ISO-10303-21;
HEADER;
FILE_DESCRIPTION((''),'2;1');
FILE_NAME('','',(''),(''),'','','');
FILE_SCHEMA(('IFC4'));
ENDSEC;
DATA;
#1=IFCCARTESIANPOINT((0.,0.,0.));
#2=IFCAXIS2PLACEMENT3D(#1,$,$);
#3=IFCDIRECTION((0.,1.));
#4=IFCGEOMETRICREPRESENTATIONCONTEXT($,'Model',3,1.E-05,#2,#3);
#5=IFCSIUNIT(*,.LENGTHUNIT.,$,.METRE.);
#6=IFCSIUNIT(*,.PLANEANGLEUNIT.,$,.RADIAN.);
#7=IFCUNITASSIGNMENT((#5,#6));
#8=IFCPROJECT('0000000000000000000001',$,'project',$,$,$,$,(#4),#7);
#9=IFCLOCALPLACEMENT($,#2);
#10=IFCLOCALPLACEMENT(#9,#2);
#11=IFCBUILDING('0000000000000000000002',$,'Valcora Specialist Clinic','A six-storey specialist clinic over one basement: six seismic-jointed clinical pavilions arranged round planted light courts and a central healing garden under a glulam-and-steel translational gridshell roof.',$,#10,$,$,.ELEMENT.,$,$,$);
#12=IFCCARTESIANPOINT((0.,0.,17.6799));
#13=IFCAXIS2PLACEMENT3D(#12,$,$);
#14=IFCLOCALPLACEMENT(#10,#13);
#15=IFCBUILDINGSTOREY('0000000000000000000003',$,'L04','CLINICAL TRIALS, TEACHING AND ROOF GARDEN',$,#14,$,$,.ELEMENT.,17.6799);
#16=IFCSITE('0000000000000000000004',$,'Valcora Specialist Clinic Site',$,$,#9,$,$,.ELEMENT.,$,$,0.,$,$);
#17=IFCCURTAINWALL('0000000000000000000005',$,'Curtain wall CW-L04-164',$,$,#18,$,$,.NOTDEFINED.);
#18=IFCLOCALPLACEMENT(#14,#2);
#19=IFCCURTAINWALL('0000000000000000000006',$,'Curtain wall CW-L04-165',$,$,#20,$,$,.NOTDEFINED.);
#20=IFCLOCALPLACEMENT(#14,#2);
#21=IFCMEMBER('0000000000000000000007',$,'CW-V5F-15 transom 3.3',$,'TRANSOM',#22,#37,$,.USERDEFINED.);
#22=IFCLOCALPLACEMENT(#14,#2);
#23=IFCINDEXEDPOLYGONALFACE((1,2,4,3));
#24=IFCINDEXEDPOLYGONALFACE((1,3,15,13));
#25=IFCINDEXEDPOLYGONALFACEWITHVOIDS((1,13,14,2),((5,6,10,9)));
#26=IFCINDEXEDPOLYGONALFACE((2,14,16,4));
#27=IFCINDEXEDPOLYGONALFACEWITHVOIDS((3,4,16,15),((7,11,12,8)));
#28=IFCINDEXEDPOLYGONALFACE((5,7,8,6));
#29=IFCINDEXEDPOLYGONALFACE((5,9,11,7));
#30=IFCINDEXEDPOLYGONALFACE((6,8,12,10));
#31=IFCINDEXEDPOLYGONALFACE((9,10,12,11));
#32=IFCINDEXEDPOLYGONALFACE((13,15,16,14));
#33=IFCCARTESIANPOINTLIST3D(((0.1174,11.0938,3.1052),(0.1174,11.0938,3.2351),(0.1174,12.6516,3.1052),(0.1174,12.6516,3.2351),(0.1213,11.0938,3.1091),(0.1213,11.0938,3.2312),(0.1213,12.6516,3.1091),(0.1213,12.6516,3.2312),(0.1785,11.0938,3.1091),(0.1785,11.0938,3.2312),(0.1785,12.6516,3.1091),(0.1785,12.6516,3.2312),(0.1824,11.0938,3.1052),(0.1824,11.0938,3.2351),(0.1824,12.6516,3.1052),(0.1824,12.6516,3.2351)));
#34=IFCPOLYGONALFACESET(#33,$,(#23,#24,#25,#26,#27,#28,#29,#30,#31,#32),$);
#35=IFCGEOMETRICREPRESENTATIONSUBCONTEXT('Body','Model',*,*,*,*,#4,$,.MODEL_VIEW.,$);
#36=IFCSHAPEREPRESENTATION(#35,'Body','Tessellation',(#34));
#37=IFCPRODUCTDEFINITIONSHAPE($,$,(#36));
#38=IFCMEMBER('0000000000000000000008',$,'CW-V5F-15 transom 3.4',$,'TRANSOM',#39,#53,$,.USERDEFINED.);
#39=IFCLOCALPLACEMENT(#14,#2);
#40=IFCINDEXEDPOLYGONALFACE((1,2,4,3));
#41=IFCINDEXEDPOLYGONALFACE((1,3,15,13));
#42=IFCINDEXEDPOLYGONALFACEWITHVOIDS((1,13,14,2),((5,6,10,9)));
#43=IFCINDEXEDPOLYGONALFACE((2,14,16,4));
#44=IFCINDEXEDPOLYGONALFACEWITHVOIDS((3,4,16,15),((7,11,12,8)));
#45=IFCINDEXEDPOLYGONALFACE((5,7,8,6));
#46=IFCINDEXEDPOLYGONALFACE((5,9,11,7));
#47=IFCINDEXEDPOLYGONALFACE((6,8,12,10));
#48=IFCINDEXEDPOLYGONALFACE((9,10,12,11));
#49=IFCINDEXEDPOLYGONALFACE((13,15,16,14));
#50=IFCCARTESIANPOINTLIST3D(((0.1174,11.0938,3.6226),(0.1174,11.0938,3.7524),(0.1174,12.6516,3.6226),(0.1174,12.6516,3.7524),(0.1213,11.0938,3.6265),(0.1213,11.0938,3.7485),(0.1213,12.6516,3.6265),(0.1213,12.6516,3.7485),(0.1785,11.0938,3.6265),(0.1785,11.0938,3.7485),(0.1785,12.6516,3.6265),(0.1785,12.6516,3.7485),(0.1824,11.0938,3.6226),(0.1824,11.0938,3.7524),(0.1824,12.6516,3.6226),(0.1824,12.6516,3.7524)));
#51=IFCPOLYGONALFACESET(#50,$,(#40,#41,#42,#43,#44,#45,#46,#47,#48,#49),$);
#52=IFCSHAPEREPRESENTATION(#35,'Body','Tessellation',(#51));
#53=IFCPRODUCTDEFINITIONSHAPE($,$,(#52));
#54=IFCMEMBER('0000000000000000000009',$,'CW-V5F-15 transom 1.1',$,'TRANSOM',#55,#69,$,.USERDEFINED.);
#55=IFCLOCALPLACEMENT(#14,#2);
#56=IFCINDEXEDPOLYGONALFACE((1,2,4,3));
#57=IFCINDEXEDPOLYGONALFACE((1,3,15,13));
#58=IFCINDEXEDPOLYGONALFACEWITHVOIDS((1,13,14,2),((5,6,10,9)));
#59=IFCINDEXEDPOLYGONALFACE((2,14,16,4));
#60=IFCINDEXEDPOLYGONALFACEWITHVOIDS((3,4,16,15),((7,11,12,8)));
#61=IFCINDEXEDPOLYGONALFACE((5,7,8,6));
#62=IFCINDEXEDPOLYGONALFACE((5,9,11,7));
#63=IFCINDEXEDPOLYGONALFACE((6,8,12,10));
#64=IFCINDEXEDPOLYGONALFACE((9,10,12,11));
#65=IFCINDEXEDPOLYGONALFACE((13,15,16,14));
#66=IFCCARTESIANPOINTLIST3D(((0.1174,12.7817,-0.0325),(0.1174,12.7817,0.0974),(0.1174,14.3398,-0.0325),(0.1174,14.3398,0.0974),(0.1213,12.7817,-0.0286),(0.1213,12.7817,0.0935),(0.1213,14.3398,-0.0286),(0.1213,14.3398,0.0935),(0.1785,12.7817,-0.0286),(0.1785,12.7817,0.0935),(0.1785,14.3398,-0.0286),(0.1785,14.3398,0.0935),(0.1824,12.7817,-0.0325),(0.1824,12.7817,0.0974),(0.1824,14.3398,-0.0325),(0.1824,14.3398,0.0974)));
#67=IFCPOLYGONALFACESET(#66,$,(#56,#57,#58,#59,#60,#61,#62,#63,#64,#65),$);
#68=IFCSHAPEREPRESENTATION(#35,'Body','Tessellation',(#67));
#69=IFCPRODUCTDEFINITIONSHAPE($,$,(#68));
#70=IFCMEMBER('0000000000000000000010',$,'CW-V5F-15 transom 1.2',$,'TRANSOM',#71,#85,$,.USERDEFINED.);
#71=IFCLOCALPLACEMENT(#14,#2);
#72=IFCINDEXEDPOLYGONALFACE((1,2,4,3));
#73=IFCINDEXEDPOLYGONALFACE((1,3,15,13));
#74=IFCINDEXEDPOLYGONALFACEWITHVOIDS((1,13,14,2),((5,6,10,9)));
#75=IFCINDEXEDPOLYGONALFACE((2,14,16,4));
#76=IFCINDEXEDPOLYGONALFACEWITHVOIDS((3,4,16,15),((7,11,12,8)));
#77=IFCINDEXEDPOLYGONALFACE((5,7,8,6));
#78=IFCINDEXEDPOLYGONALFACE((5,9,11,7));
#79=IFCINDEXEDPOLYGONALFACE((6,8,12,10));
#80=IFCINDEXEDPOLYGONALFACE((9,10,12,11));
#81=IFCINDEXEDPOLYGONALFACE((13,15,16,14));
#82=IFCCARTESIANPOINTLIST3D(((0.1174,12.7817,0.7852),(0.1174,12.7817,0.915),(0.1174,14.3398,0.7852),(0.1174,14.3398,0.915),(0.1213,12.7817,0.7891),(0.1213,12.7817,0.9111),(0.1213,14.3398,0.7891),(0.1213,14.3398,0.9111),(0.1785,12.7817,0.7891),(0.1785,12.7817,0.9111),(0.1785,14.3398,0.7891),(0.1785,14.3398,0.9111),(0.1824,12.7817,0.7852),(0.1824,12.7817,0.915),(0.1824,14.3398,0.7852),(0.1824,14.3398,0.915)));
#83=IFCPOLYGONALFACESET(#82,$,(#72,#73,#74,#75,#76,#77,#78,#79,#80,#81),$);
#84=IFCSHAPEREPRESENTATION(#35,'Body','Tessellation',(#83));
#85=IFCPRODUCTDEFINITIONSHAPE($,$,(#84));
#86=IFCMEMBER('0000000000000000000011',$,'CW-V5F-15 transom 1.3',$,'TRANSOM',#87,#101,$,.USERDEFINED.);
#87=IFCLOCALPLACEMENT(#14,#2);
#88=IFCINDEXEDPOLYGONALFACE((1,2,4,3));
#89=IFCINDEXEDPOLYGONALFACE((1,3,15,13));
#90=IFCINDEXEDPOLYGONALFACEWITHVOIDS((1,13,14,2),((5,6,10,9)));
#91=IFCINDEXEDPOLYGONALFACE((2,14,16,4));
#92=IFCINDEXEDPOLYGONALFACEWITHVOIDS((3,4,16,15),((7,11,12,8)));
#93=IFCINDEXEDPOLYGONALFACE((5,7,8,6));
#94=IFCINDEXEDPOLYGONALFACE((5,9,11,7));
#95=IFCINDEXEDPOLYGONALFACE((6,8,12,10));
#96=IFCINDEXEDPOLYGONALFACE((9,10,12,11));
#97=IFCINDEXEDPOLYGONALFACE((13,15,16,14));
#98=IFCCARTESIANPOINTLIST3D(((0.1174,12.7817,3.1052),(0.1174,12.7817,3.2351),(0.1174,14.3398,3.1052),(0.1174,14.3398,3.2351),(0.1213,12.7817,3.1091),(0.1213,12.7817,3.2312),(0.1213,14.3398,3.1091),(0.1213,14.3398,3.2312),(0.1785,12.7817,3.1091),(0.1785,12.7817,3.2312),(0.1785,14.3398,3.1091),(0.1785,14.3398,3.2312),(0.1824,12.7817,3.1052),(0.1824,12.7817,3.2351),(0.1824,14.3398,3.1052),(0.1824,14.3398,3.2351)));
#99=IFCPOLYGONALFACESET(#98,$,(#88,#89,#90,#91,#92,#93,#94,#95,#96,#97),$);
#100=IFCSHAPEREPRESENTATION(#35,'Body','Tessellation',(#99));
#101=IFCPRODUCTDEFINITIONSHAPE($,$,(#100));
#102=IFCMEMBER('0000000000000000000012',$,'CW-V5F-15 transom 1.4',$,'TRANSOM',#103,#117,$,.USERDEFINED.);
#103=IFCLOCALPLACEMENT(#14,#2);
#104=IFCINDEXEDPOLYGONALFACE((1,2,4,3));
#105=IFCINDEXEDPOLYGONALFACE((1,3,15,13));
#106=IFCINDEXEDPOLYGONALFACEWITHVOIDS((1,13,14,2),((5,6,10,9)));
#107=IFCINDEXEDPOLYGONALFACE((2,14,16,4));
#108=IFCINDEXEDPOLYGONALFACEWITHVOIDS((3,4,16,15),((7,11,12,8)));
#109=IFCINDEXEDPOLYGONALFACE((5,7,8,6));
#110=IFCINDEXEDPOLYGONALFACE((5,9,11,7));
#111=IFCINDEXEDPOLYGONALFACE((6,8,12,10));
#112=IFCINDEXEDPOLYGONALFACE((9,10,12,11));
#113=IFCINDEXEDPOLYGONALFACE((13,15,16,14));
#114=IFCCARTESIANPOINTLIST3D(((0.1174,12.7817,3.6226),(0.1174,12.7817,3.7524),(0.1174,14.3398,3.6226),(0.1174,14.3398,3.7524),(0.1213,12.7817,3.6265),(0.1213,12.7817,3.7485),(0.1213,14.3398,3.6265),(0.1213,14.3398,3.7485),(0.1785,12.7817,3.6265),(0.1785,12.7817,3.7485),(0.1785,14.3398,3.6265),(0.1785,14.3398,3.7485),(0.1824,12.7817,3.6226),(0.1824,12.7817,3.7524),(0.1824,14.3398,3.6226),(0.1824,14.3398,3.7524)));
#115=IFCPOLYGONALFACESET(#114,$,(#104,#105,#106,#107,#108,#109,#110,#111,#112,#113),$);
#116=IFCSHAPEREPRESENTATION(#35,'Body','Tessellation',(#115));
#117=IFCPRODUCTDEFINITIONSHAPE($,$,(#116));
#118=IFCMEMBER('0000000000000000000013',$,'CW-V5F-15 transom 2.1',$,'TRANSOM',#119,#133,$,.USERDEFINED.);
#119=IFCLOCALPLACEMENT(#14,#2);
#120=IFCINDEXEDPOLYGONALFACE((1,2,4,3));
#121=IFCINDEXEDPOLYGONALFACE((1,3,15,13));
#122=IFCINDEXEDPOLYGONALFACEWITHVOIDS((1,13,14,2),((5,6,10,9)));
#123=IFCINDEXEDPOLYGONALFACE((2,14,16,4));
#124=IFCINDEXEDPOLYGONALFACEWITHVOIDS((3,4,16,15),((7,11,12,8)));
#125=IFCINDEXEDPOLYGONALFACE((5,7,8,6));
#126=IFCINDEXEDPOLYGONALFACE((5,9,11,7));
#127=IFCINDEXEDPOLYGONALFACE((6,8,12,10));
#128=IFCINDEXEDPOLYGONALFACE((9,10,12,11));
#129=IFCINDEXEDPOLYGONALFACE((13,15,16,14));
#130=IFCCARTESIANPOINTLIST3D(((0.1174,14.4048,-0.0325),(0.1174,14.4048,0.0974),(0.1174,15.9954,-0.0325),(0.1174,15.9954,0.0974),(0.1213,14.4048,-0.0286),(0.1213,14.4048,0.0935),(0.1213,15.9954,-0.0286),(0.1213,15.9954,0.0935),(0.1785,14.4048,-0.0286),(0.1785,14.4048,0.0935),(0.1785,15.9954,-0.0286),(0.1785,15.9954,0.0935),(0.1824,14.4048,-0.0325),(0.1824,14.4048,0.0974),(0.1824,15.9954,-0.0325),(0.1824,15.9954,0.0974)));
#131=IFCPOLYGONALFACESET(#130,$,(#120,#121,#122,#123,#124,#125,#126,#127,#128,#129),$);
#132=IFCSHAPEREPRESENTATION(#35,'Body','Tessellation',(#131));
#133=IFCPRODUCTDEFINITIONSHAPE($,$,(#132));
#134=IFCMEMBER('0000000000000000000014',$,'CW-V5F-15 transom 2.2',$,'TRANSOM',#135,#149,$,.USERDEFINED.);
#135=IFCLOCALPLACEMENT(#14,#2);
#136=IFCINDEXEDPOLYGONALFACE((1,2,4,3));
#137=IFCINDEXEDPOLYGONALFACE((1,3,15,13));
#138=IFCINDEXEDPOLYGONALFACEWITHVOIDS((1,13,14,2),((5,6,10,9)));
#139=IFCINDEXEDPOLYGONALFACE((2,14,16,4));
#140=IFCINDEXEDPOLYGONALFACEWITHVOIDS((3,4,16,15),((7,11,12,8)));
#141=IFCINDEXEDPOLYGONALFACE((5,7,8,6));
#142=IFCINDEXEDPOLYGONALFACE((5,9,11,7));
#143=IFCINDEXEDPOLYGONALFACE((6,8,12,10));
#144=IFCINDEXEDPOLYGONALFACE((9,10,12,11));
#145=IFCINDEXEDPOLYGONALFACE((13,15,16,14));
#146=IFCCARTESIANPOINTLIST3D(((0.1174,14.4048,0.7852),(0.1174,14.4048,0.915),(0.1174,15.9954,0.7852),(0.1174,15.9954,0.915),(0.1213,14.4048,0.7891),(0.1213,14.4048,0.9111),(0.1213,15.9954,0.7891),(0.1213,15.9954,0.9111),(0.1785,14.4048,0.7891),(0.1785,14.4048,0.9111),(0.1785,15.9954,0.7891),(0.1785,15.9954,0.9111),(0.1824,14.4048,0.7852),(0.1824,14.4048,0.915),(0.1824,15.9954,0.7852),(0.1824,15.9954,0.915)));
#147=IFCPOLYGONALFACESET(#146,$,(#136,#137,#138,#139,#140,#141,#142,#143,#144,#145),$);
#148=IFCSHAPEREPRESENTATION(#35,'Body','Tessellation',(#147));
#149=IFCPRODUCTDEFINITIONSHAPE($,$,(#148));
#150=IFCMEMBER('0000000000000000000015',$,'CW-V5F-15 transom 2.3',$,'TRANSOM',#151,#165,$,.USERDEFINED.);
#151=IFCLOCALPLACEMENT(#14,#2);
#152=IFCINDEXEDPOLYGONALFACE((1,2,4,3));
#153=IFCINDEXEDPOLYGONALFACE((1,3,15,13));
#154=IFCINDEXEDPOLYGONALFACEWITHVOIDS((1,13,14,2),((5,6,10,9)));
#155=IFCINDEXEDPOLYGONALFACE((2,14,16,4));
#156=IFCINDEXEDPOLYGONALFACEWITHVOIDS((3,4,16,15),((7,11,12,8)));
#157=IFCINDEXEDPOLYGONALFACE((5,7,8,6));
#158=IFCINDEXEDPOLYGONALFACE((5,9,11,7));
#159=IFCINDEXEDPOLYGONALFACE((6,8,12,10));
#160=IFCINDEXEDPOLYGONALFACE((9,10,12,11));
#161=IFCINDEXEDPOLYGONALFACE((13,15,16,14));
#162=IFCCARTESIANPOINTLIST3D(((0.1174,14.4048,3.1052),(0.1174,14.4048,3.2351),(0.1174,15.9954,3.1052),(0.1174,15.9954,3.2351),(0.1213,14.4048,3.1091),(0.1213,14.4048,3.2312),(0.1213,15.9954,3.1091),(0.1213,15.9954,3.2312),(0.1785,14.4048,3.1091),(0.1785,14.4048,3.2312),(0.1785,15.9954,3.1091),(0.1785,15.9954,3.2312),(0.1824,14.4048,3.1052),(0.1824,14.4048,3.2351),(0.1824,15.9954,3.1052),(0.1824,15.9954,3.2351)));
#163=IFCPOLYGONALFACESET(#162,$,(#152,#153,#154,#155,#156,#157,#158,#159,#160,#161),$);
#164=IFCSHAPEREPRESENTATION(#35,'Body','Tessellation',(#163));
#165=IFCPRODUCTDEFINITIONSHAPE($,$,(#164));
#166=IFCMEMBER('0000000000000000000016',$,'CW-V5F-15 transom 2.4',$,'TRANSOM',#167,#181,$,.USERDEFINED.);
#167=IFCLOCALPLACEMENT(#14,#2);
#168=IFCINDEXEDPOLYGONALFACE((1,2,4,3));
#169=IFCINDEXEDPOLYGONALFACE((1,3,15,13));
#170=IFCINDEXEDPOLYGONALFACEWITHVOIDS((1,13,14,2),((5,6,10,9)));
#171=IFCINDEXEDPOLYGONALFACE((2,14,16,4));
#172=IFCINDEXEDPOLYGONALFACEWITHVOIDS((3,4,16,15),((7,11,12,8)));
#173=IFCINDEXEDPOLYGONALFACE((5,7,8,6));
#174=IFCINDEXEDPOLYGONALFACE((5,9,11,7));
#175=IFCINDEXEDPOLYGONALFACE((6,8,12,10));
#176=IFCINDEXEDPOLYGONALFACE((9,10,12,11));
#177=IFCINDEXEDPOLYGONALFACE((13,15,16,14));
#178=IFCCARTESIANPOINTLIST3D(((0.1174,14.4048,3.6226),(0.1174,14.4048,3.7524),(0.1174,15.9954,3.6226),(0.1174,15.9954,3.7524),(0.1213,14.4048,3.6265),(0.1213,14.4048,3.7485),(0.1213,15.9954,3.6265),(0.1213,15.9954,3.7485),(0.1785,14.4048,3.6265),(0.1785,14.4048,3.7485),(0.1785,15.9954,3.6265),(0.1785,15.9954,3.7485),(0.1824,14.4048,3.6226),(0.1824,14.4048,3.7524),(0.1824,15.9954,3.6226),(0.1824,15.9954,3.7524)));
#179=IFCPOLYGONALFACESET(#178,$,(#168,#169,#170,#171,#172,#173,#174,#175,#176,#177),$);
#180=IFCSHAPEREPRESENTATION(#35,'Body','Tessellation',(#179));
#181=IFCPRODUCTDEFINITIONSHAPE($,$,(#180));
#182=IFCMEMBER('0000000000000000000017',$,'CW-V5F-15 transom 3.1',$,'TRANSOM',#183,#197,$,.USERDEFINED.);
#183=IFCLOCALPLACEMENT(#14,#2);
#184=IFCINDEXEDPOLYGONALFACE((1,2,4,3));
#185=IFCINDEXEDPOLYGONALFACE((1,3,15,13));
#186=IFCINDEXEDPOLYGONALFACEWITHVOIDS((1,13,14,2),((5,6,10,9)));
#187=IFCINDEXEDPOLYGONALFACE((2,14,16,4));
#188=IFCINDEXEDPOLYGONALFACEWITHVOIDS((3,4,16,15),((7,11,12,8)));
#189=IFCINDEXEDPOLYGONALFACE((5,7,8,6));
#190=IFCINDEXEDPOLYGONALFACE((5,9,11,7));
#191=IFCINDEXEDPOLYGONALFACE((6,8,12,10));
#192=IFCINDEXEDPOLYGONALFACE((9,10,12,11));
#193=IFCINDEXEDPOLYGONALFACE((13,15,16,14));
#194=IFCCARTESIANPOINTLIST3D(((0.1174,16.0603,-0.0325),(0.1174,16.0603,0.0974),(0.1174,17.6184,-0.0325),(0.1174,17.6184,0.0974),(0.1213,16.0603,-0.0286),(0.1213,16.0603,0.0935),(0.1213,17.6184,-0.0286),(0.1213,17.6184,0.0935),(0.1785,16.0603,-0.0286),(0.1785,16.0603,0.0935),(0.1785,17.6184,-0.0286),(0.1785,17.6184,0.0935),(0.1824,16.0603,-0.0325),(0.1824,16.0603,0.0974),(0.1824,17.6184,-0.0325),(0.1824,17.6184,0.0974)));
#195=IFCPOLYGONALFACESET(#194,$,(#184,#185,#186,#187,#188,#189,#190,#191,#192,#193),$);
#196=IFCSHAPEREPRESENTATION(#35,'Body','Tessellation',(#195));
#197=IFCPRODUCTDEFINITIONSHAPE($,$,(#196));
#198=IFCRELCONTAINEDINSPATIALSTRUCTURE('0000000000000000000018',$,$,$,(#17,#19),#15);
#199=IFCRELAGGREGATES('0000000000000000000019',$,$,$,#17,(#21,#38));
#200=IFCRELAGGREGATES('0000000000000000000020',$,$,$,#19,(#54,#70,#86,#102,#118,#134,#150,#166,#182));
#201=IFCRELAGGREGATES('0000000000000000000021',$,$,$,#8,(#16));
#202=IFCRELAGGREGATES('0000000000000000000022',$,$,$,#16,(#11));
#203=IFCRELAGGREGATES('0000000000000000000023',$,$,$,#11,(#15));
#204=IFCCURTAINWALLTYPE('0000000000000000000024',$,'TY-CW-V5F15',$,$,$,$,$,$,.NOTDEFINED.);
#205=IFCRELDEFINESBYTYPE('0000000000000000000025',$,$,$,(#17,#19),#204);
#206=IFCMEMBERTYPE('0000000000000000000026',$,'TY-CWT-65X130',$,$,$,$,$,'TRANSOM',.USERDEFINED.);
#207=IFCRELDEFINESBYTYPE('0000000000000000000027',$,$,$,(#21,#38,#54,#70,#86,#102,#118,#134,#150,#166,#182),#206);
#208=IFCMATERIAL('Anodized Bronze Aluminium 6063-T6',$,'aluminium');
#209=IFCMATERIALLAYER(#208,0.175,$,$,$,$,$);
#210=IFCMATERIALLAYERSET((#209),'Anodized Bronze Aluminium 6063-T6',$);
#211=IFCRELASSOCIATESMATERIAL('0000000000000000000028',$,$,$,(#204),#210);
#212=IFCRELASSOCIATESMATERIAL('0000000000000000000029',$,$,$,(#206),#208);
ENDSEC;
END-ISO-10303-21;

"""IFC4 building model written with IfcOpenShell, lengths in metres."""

from ifc_helpers import new_model, si_unit, direction, frame, origin, origin_2d, place, context, subcontext, project, spatial, hollow_rectangle, extrude, material, layer, layer_set, material_profile, profile_set, type_object, element, aggregate, save


model = new_model("IFC4")

# Units and contexts
model_context = context("Model", 3, precision=1e-05, world=origin(), true_north=direction((0.0, 1.0)))
body_context = subcontext(model_context, "Body", "Model", "MODEL_VIEW")
ifc_project = project(units=[si_unit("LENGTHUNIT", "METRE"), si_unit("PLANEANGLEUNIT", "RADIAN")], contexts=[model_context])

# Site, building, storey
site_placement = place(None, origin())
site = spatial("IfcSite", under=ifc_project, at=site_placement, Name="Valcora Specialist Clinic Site", CompositionType="ELEMENT", RefElevation=0.0)
building_placement = place(site_placement, origin())
building = spatial("IfcBuilding", under=site, at=building_placement, Name="Valcora Specialist Clinic", Description="A six-storey specialist clinic over one basement: six seismic-jointed clinical pavilions arranged round planted light courts and a central healing garden under a glulam-and-steel translational gridshell roof.", CompositionType="ELEMENT")
storey_placement = place(building_placement, frame((0.0, 0.0, 17.6799)))
storey = spatial("IfcBuildingStorey", under=building, at=storey_placement, Name="L04", Description="CLINICAL TRIALS, TEACHING AND ROOF GARDEN", CompositionType="ELEMENT", Elevation=17.6799)

# Curtain wall
ifc_material_1 = material(Name="Anodized Bronze Aluminium 6063-T6", Category="aluminium")
ifc_layer_1 = layer(ifc_material_1, 0.175)
ifc_layer_set_1 = layer_set([ifc_layer_1], Name="Anodized Bronze Aluminium 6063-T6")
curtain_wall_type = type_object("IfcCurtainWallType", Name="TY-CW-V5F15", PredefinedType="NOTDEFINED", material=ifc_layer_set_1)
curtain_wall_1_placement = place(storey_placement, origin())
curtain_wall_1 = element("IfcCurtainWall", 1, at=curtain_wall_1_placement, inside=storey, type_object=curtain_wall_type, Name="Curtain wall CW-L04-164", PredefinedType="NOTDEFINED")

# Curtain wall
curtain_wall_2_placement = place(storey_placement, origin())
curtain_wall_2 = element("IfcCurtainWall", 2, at=curtain_wall_2_placement, inside=storey, type_object=curtain_wall_type, Name="Curtain wall CW-L04-165", PredefinedType="NOTDEFINED")

# Members
ifc_material_profile_1 = material_profile(ifc_material_1, hollow_rectangle(XDim=0.0649, YDim=0.1299, WallThickness=0.0039, at=origin_2d()), Name="AL-TRN-65X130")
ifc_profile_set_1 = profile_set([ifc_material_profile_1], Name="Anodized Bronze Aluminium 6063-T6")
member_type_1 = type_object("IfcMemberType", Name="TY-CWT-65X130", ElementType="TRANSOM", PredefinedType="USERDEFINED", material=ifc_profile_set_1)
member_1_placement = place(storey_placement, frame((0.1499, 11.0938, 3.1702), z_axis=(0.0, 1.0, 0.0), x_axis=(-1.0, 0.0, 0.0)))
member_1 = element("IfcMember", 3, at=member_1_placement, type_object=member_type_1, Name="CW-V5F-15 transom 3.3", ObjectType="TRANSOM", PredefinedType="USERDEFINED", context=body_context, shape_type="SweptSolid", body=[
    extrude(hollow_rectangle(XDim=0.0649, YDim=0.1299, WallThickness=0.0039, at=origin_2d()), origin(), (0.0, 0.0, 1.0), 1.5579),
])
member_2_placement = place(storey_placement, frame((0.1499, 11.0938, 3.6875), z_axis=(0.0, 1.0, 0.0), x_axis=(-1.0, 0.0, 0.0)))
member_2 = element("IfcMember", 4, at=member_2_placement, type_object=member_type_1, Name="CW-V5F-15 transom 3.4", ObjectType="TRANSOM", PredefinedType="USERDEFINED", context=body_context, shape_type="SweptSolid", body=[
    extrude(hollow_rectangle(XDim=0.0649, YDim=0.1299, WallThickness=0.0039, at=origin_2d()), origin(), (0.0, 0.0, 1.0), 1.5579),
])
member_3_placement = place(storey_placement, frame((0.1499, 12.7817, 0.0325), z_axis=(0.0, 1.0, 0.0), x_axis=(-1.0, 0.0, 0.0)))
member_3 = element("IfcMember", 5, at=member_3_placement, type_object=member_type_1, Name="CW-V5F-15 transom 1.1", ObjectType="TRANSOM", PredefinedType="USERDEFINED", context=body_context, shape_type="SweptSolid", body=[
    extrude(hollow_rectangle(XDim=0.0649, YDim=0.1299, WallThickness=0.0039, at=origin_2d()), origin(), (0.0, 0.0, 1.0), 1.5581),
])
member_4_placement = place(storey_placement, frame((0.1499, 12.7817, 0.8501), z_axis=(0.0, 1.0, 0.0), x_axis=(-1.0, 0.0, 0.0)))
member_4 = element("IfcMember", 6, at=member_4_placement, type_object=member_type_1, Name="CW-V5F-15 transom 1.2", ObjectType="TRANSOM", PredefinedType="USERDEFINED", context=body_context, shape_type="SweptSolid", body=[
    extrude(hollow_rectangle(XDim=0.0649, YDim=0.1299, WallThickness=0.0039, at=origin_2d()), origin(), (0.0, 0.0, 1.0), 1.5581),
])
member_5_placement = place(storey_placement, frame((0.1499, 12.7817, 3.1702), z_axis=(0.0, 1.0, 0.0), x_axis=(-1.0, 0.0, 0.0)))
member_5 = element("IfcMember", 7, at=member_5_placement, type_object=member_type_1, Name="CW-V5F-15 transom 1.3", ObjectType="TRANSOM", PredefinedType="USERDEFINED", context=body_context, shape_type="SweptSolid", body=[
    extrude(hollow_rectangle(XDim=0.0649, YDim=0.1299, WallThickness=0.0039, at=origin_2d()), origin(), (0.0, 0.0, 1.0), 1.5581),
])
member_6_placement = place(storey_placement, frame((0.1499, 12.7817, 3.6875), z_axis=(0.0, 1.0, 0.0), x_axis=(-1.0, 0.0, 0.0)))
member_6 = element("IfcMember", 8, at=member_6_placement, type_object=member_type_1, Name="CW-V5F-15 transom 1.4", ObjectType="TRANSOM", PredefinedType="USERDEFINED", context=body_context, shape_type="SweptSolid", body=[
    extrude(hollow_rectangle(XDim=0.0649, YDim=0.1299, WallThickness=0.0039, at=origin_2d()), origin(), (0.0, 0.0, 1.0), 1.5581),
])
member_7_placement = place(storey_placement, frame((0.1499, 14.4048, 0.0325), z_axis=(0.0, 1.0, 0.0), x_axis=(-1.0, 0.0, 0.0)))
member_7 = element("IfcMember", 9, at=member_7_placement, type_object=member_type_1, Name="CW-V5F-15 transom 2.1", ObjectType="TRANSOM", PredefinedType="USERDEFINED", context=body_context, shape_type="SweptSolid", body=[
    extrude(hollow_rectangle(XDim=0.0649, YDim=0.1299, WallThickness=0.0039, at=origin_2d()), origin(), (0.0, 0.0, 1.0), 1.5906),
])
member_8_placement = place(storey_placement, frame((0.1499, 14.4048, 0.8501), z_axis=(0.0, 1.0, 0.0), x_axis=(-1.0, 0.0, 0.0)))
member_8 = element("IfcMember", 10, at=member_8_placement, type_object=member_type_1, Name="CW-V5F-15 transom 2.2", ObjectType="TRANSOM", PredefinedType="USERDEFINED", context=body_context, shape_type="SweptSolid", body=[
    extrude(hollow_rectangle(XDim=0.0649, YDim=0.1299, WallThickness=0.0039, at=origin_2d()), origin(), (0.0, 0.0, 1.0), 1.5906),
])
member_9_placement = place(storey_placement, frame((0.1499, 14.4048, 3.1702), z_axis=(0.0, 1.0, 0.0), x_axis=(-1.0, 0.0, 0.0)))
member_9 = element("IfcMember", 11, at=member_9_placement, type_object=member_type_1, Name="CW-V5F-15 transom 2.3", ObjectType="TRANSOM", PredefinedType="USERDEFINED", context=body_context, shape_type="SweptSolid", body=[
    extrude(hollow_rectangle(XDim=0.0649, YDim=0.1299, WallThickness=0.0039, at=origin_2d()), origin(), (0.0, 0.0, 1.0), 1.5906),
])
member_10_placement = place(storey_placement, frame((0.1499, 14.4048, 3.6875), z_axis=(0.0, 1.0, 0.0), x_axis=(-1.0, 0.0, 0.0)))
member_10 = element("IfcMember", 12, at=member_10_placement, type_object=member_type_1, Name="CW-V5F-15 transom 2.4", ObjectType="TRANSOM", PredefinedType="USERDEFINED", context=body_context, shape_type="SweptSolid", body=[
    extrude(hollow_rectangle(XDim=0.0649, YDim=0.1299, WallThickness=0.0039, at=origin_2d()), origin(), (0.0, 0.0, 1.0), 1.5906),
])
member_11_placement = place(storey_placement, frame((0.1499, 16.0603, 0.0325), z_axis=(0.0, 1.0, 0.0), x_axis=(-1.0, 0.0, 0.0)))
member_11 = element("IfcMember", 13, at=member_11_placement, type_object=member_type_1, Name="CW-V5F-15 transom 3.1", ObjectType="TRANSOM", PredefinedType="USERDEFINED", context=body_context, shape_type="SweptSolid", body=[
    extrude(hollow_rectangle(XDim=0.0649, YDim=0.1299, WallThickness=0.0039, at=origin_2d()), origin(), (0.0, 0.0, 1.0), 1.5581),
])

aggregate(curtain_wall_1, [member_1, member_2])
aggregate(curtain_wall_2, [member_3, member_4, member_5, member_6, member_7, member_8, member_9, member_10, member_11])

save(model, "model.ifc")
